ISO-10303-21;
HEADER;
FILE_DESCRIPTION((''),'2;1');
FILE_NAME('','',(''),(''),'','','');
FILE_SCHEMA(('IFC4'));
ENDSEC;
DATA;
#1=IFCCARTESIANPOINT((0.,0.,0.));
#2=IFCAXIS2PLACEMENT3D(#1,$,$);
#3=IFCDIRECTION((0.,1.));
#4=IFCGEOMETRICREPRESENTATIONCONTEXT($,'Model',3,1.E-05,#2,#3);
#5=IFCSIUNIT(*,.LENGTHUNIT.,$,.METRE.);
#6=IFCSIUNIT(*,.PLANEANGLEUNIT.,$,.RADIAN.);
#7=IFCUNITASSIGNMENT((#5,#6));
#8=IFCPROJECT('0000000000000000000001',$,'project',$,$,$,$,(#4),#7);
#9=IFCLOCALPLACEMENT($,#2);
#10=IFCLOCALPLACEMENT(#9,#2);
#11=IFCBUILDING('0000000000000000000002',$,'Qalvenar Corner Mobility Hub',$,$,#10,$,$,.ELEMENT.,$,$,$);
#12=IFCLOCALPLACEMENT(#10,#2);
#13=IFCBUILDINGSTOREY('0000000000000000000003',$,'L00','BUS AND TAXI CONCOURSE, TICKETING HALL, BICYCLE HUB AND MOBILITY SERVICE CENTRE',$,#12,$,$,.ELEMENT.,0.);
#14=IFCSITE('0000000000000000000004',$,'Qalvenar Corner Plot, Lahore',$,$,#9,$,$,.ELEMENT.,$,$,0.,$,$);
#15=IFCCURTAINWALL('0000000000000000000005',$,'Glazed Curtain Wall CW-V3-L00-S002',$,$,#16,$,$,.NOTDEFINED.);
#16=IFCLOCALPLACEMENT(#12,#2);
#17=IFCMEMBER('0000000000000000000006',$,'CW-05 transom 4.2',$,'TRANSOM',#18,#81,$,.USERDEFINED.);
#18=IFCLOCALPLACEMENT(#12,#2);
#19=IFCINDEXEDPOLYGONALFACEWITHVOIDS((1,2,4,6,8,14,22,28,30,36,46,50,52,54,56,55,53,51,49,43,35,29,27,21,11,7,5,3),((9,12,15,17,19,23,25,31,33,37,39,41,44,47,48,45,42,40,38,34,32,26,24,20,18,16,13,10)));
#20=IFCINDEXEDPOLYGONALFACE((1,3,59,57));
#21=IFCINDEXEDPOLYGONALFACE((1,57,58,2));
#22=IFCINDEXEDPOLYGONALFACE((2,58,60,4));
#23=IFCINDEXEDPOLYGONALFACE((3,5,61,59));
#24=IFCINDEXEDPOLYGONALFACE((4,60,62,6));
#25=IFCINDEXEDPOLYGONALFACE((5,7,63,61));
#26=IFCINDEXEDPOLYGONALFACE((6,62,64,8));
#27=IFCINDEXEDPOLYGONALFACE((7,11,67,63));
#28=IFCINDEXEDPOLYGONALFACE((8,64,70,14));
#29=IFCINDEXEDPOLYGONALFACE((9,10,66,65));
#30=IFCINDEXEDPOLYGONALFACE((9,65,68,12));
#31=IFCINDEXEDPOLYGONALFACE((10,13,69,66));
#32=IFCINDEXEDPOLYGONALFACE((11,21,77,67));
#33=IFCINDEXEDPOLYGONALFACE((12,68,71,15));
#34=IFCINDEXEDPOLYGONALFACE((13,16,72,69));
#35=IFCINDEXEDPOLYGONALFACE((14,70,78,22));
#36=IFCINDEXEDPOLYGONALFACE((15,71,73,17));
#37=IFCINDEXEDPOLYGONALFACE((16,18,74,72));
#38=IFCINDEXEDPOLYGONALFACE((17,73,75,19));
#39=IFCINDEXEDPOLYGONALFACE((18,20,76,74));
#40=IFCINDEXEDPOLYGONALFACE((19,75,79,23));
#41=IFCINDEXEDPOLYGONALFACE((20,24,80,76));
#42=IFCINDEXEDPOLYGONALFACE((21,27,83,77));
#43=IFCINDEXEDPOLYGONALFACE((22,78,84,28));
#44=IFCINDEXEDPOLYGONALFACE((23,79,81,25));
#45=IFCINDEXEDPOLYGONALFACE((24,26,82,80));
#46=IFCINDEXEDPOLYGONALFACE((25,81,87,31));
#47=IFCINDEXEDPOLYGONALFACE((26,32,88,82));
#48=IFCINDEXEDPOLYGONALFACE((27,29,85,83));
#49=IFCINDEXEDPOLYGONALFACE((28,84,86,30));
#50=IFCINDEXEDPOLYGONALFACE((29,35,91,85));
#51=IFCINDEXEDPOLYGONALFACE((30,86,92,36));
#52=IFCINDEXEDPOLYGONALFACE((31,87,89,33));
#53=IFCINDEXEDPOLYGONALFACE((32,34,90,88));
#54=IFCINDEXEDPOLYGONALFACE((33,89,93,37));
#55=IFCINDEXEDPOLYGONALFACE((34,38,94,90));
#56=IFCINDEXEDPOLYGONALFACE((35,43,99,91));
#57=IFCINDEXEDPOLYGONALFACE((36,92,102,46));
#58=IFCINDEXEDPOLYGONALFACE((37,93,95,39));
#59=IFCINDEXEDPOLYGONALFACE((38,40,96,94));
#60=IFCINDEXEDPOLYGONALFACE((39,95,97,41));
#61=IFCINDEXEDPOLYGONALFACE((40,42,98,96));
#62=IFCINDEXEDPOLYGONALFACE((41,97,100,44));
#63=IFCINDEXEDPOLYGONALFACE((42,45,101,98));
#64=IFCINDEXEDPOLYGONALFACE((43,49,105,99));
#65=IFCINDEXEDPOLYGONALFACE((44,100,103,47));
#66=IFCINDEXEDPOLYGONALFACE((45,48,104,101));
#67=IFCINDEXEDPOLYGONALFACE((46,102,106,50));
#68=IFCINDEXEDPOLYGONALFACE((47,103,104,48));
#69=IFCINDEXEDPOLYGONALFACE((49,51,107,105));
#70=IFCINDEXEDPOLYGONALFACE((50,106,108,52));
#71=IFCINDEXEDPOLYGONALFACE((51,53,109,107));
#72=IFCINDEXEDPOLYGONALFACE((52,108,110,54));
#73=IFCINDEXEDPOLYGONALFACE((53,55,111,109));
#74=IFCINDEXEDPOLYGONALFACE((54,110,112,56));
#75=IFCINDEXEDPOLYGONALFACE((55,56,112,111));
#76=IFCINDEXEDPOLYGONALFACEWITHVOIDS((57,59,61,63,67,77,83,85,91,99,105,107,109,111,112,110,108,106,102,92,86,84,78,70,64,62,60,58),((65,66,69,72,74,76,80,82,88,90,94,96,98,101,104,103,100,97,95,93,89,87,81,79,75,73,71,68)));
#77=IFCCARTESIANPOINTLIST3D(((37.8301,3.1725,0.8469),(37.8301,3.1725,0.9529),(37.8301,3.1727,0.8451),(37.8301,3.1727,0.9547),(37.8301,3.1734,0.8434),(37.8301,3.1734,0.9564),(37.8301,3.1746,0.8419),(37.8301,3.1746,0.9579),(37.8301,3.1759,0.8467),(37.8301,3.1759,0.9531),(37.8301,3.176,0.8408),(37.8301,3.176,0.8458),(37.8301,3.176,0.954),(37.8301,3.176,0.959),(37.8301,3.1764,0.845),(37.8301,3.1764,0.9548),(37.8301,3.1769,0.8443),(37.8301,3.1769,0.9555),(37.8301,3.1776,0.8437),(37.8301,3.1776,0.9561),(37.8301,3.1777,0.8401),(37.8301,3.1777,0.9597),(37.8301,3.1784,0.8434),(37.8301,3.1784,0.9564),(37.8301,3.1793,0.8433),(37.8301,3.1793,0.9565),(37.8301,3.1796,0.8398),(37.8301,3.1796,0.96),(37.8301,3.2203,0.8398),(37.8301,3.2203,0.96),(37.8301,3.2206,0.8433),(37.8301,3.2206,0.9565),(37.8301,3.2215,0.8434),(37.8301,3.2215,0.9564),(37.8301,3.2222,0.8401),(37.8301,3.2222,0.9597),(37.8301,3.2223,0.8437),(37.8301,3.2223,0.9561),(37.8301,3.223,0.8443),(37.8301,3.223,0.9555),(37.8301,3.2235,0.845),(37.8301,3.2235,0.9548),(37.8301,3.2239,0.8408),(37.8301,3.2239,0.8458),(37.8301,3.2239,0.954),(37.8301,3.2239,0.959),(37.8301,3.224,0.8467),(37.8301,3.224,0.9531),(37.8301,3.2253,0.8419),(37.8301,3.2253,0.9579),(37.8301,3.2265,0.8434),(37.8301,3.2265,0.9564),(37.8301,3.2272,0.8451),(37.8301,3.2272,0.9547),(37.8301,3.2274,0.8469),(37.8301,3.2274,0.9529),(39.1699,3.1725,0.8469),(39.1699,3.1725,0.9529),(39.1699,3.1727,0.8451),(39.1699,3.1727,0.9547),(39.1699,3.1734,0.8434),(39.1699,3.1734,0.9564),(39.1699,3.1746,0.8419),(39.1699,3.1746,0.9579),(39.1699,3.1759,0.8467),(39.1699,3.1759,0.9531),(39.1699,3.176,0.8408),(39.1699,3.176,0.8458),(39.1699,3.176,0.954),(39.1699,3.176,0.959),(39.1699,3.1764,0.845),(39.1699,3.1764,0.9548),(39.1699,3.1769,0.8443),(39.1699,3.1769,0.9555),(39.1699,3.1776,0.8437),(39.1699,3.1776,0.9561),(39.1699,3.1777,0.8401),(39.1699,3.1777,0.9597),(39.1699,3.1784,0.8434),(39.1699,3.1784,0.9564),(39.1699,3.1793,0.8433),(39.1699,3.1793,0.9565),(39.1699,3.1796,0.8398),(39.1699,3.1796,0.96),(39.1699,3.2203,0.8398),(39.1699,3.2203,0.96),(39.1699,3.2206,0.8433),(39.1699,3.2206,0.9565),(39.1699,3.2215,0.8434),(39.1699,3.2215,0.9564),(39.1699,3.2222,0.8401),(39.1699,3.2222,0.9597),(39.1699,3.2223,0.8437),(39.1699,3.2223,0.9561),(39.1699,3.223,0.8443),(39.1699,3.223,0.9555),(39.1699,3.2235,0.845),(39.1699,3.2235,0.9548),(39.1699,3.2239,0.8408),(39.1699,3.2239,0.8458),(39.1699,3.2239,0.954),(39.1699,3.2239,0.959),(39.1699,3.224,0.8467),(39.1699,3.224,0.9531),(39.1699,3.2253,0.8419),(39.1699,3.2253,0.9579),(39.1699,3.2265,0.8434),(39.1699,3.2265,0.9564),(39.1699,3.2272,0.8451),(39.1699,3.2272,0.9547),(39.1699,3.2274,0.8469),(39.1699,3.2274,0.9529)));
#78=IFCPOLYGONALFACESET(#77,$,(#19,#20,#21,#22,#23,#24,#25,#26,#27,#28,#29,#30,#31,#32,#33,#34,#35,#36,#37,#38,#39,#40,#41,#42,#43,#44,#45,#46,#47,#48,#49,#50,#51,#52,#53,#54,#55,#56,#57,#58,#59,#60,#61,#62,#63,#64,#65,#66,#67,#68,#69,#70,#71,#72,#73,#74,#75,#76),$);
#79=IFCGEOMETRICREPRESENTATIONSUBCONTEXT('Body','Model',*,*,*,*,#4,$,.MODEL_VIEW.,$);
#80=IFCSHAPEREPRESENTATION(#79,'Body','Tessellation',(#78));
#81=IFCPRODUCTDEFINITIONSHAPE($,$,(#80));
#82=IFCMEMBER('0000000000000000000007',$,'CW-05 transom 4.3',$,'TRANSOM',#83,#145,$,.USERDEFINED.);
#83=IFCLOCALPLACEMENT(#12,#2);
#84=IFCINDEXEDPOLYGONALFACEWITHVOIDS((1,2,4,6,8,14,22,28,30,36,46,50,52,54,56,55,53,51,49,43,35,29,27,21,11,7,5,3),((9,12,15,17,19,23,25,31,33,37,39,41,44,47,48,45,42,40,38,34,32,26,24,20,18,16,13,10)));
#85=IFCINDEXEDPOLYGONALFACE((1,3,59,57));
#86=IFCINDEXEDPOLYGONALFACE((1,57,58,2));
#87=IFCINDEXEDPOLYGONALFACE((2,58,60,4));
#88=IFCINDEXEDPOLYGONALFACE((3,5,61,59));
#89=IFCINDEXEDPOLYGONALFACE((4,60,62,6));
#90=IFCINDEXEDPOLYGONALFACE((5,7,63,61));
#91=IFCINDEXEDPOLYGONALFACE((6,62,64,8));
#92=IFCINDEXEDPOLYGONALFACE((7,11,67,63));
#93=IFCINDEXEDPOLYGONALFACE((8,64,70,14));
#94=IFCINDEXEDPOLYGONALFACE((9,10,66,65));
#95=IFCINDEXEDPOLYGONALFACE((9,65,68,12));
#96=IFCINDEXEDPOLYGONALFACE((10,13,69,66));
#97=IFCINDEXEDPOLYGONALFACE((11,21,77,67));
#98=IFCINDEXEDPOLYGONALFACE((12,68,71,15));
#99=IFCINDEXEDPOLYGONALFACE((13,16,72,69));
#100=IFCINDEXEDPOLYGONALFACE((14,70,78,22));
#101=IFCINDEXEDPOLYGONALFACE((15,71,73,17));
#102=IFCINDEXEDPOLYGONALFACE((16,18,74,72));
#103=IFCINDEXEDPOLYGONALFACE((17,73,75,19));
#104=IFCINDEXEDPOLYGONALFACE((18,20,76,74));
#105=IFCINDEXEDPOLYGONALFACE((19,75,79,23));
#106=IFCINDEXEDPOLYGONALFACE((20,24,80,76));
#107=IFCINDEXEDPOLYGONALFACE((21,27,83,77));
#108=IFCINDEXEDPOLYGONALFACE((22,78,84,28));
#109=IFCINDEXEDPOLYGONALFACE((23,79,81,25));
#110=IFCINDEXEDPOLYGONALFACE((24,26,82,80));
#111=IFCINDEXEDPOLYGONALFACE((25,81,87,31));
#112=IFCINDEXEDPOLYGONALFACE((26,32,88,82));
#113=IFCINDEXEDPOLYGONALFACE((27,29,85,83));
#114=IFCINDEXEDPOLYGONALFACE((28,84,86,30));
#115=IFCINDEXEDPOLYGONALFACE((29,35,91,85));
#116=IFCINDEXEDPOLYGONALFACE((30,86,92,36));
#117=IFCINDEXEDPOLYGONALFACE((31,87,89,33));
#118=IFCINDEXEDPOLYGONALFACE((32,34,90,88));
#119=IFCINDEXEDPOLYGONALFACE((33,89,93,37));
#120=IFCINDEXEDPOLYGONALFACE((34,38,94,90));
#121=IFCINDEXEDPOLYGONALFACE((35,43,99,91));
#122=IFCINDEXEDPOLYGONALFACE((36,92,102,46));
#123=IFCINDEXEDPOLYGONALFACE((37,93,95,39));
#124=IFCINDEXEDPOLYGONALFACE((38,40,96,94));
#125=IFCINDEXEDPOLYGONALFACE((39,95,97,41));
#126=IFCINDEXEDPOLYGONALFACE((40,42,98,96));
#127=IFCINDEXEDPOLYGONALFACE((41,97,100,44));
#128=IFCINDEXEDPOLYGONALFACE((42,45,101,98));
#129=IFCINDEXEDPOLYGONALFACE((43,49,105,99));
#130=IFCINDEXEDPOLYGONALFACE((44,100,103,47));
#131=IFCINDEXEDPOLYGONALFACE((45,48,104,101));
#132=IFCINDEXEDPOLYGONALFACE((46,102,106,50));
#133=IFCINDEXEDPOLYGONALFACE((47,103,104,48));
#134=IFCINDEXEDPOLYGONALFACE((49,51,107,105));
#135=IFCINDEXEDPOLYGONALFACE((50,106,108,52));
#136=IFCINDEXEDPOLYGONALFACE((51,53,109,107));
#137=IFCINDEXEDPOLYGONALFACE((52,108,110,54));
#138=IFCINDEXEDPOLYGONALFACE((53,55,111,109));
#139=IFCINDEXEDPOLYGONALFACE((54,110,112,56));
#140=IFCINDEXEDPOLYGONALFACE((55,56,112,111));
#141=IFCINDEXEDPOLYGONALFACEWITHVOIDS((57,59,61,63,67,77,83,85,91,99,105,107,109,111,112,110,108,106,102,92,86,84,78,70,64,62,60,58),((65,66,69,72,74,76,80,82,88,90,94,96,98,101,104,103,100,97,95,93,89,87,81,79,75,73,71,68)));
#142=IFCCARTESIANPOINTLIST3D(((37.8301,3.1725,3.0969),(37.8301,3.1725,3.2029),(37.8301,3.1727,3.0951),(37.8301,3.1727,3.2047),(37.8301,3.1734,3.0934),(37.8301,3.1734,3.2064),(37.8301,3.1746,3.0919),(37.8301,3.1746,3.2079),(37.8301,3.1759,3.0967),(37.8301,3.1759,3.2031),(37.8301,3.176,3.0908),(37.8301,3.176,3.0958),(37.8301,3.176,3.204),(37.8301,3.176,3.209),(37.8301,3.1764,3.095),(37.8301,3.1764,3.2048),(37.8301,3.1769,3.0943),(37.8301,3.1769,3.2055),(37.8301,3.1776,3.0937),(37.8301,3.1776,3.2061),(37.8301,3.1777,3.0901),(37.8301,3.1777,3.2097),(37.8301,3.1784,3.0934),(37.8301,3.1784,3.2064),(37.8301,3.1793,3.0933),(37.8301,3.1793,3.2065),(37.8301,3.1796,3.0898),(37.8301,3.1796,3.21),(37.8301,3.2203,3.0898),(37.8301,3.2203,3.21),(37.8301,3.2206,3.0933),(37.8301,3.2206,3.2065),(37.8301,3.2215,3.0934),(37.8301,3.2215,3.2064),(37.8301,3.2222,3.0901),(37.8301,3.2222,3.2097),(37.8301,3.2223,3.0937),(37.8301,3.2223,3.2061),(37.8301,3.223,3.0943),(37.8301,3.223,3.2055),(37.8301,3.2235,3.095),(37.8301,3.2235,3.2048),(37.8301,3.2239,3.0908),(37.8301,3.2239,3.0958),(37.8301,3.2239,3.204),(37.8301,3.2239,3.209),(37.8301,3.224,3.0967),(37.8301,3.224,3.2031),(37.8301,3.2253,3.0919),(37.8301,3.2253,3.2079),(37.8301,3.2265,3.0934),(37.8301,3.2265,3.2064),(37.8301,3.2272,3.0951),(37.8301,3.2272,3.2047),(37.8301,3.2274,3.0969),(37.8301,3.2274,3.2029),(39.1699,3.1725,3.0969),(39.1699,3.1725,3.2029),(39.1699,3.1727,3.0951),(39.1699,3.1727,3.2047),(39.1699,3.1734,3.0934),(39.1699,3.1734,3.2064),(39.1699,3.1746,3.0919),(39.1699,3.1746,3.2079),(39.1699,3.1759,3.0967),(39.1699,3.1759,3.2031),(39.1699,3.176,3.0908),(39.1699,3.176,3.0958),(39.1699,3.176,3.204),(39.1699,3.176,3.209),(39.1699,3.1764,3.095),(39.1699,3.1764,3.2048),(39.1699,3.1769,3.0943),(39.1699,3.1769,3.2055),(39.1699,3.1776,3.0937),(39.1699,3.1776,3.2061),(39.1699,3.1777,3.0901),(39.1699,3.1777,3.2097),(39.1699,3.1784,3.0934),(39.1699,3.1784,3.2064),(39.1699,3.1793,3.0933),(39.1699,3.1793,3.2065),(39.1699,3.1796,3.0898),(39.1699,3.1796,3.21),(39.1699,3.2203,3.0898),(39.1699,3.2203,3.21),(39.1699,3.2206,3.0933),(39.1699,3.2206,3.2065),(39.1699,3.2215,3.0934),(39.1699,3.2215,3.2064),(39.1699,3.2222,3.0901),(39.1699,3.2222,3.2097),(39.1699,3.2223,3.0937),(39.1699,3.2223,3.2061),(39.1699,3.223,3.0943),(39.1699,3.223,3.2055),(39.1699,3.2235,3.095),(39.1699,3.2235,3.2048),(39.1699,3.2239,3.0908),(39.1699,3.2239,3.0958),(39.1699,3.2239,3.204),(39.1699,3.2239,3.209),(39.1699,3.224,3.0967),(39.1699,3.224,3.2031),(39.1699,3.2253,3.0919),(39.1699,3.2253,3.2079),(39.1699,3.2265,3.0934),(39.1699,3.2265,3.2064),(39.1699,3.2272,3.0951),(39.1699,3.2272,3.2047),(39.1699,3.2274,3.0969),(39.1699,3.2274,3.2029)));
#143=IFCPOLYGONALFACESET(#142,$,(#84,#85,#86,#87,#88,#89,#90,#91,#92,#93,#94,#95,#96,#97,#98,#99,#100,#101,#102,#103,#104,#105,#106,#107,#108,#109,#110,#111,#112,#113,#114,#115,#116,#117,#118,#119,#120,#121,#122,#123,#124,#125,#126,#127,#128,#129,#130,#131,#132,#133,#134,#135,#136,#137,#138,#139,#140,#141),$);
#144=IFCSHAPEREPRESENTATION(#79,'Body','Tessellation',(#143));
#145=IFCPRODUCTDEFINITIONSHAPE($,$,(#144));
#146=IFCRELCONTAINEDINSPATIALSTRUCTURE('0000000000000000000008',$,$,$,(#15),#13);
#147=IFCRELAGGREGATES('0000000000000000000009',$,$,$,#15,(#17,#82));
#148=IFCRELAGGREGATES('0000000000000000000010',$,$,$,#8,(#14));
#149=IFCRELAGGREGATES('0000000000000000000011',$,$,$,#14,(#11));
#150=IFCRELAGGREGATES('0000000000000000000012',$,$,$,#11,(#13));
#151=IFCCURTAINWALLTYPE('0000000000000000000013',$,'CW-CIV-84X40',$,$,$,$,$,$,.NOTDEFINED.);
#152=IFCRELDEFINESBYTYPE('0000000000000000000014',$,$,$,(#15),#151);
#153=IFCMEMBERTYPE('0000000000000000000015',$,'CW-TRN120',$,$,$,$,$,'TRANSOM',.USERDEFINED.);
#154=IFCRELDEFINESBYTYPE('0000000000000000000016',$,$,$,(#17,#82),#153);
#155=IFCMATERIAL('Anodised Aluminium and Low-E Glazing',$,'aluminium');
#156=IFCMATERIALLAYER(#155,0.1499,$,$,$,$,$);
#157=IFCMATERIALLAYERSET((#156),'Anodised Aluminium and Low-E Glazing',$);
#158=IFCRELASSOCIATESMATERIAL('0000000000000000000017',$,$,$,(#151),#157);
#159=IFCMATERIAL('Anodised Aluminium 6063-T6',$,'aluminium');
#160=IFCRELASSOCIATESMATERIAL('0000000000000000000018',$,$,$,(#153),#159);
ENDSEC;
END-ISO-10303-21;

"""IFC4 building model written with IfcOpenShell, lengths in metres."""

from ifc_helpers import new_model, si_unit, direction, frame, origin, origin_2d, place, context, subcontext, project, spatial, hollow_rectangle, extrude, material, layer, layer_set, material_profile, profile_set, type_object, element, aggregate, save


model = new_model("IFC4")

# Units and contexts
model_context = context("Model", 3, precision=1e-05, world=origin(), true_north=direction((0.0, 1.0)))
body_context = subcontext(model_context, "Body", "Model", "MODEL_VIEW")
ifc_project = project(units=[si_unit("LENGTHUNIT", "METRE"), si_unit("PLANEANGLEUNIT", "RADIAN")], contexts=[model_context])

# Site, building, storey
site_placement = place(None, origin())
site = spatial("IfcSite", under=ifc_project, at=site_placement, Name="Qalvenar Corner Plot, Lahore", CompositionType="ELEMENT", RefElevation=0.0)
building_placement = place(site_placement, origin())
building = spatial("IfcBuilding", under=site, at=building_placement, Name="Qalvenar Corner Mobility Hub", CompositionType="ELEMENT")
storey_placement = place(building_placement, origin())
storey = spatial("IfcBuildingStorey", under=building, at=storey_placement, Name="L00", Description="BUS AND TAXI CONCOURSE, TICKETING HALL, BICYCLE HUB AND MOBILITY SERVICE CENTRE", CompositionType="ELEMENT", Elevation=0.0)

# Curtain wall, members
ifc_material_1 = material(Name="Anodised Aluminium and Low-E Glazing", Category="aluminium")
ifc_layer_1 = layer(ifc_material_1, 0.1499)
ifc_layer_set_1 = layer_set([ifc_layer_1], Name="Anodised Aluminium and Low-E Glazing")
curtain_wall_type = type_object("IfcCurtainWallType", Name="CW-CIV-84X40", PredefinedType="NOTDEFINED", material=ifc_layer_set_1)
curtain_wall_placement = place(storey_placement, origin())
curtain_wall = element("IfcCurtainWall", 1, at=curtain_wall_placement, inside=storey, type_object=curtain_wall_type, Name="Glazed Curtain Wall CW-V3-L00-S002", PredefinedType="NOTDEFINED")
ifc_material_2 = material(Name="Anodised Aluminium 6063-T6", Category="aluminium")
ifc_material_profile_1 = material_profile(ifc_material_2, hollow_rectangle(XDim=0.0549, YDim=0.1201, WallThickness=0.0034, InnerFilletRadius=0.0034, OuterFilletRadius=0.0071, at=origin_2d()), Name="RHS120x55x3.5")
ifc_profile_set_1 = profile_set([ifc_material_profile_1], Name="Anodised Aluminium 6063-T6")
member_type_1 = type_object("IfcMemberType", Name="CW-TRN120", ElementType="TRANSOM", PredefinedType="USERDEFINED", material=ifc_profile_set_1)
member_1_placement = place(storey_placement, frame((37.8301, 3.2, 0.8999), z_axis=(1.0, 0.0, 0.0), x_axis=(0.0, 1.0, 0.0)))
member_1 = element("IfcMember", 2, at=member_1_placement, type_object=member_type_1, Name="CW-05 transom 4.2", ObjectType="TRANSOM", PredefinedType="USERDEFINED", context=body_context, shape_type="SweptSolid", body=[
    extrude(hollow_rectangle(XDim=0.0549, YDim=0.1201, WallThickness=0.0034, InnerFilletRadius=0.0034, OuterFilletRadius=0.0071, at=origin_2d()), origin(), (0.0, 0.0, 1.0), 1.3398),
])
member_2_placement = place(storey_placement, frame((37.8301, 3.2, 3.1499), z_axis=(1.0, 0.0, 0.0), x_axis=(0.0, 1.0, 0.0)))
member_2 = element("IfcMember", 3, at=member_2_placement, type_object=member_type_1, Name="CW-05 transom 4.3", ObjectType="TRANSOM", PredefinedType="USERDEFINED", context=body_context, shape_type="SweptSolid", body=[
    extrude(hollow_rectangle(XDim=0.0549, YDim=0.1201, WallThickness=0.0034, InnerFilletRadius=0.0034, OuterFilletRadius=0.0071, at=origin_2d()), origin(), (0.0, 0.0, 1.0), 1.3398),
])
aggregate(curtain_wall, [member_1, member_2])

save(model, "model.ifc")
